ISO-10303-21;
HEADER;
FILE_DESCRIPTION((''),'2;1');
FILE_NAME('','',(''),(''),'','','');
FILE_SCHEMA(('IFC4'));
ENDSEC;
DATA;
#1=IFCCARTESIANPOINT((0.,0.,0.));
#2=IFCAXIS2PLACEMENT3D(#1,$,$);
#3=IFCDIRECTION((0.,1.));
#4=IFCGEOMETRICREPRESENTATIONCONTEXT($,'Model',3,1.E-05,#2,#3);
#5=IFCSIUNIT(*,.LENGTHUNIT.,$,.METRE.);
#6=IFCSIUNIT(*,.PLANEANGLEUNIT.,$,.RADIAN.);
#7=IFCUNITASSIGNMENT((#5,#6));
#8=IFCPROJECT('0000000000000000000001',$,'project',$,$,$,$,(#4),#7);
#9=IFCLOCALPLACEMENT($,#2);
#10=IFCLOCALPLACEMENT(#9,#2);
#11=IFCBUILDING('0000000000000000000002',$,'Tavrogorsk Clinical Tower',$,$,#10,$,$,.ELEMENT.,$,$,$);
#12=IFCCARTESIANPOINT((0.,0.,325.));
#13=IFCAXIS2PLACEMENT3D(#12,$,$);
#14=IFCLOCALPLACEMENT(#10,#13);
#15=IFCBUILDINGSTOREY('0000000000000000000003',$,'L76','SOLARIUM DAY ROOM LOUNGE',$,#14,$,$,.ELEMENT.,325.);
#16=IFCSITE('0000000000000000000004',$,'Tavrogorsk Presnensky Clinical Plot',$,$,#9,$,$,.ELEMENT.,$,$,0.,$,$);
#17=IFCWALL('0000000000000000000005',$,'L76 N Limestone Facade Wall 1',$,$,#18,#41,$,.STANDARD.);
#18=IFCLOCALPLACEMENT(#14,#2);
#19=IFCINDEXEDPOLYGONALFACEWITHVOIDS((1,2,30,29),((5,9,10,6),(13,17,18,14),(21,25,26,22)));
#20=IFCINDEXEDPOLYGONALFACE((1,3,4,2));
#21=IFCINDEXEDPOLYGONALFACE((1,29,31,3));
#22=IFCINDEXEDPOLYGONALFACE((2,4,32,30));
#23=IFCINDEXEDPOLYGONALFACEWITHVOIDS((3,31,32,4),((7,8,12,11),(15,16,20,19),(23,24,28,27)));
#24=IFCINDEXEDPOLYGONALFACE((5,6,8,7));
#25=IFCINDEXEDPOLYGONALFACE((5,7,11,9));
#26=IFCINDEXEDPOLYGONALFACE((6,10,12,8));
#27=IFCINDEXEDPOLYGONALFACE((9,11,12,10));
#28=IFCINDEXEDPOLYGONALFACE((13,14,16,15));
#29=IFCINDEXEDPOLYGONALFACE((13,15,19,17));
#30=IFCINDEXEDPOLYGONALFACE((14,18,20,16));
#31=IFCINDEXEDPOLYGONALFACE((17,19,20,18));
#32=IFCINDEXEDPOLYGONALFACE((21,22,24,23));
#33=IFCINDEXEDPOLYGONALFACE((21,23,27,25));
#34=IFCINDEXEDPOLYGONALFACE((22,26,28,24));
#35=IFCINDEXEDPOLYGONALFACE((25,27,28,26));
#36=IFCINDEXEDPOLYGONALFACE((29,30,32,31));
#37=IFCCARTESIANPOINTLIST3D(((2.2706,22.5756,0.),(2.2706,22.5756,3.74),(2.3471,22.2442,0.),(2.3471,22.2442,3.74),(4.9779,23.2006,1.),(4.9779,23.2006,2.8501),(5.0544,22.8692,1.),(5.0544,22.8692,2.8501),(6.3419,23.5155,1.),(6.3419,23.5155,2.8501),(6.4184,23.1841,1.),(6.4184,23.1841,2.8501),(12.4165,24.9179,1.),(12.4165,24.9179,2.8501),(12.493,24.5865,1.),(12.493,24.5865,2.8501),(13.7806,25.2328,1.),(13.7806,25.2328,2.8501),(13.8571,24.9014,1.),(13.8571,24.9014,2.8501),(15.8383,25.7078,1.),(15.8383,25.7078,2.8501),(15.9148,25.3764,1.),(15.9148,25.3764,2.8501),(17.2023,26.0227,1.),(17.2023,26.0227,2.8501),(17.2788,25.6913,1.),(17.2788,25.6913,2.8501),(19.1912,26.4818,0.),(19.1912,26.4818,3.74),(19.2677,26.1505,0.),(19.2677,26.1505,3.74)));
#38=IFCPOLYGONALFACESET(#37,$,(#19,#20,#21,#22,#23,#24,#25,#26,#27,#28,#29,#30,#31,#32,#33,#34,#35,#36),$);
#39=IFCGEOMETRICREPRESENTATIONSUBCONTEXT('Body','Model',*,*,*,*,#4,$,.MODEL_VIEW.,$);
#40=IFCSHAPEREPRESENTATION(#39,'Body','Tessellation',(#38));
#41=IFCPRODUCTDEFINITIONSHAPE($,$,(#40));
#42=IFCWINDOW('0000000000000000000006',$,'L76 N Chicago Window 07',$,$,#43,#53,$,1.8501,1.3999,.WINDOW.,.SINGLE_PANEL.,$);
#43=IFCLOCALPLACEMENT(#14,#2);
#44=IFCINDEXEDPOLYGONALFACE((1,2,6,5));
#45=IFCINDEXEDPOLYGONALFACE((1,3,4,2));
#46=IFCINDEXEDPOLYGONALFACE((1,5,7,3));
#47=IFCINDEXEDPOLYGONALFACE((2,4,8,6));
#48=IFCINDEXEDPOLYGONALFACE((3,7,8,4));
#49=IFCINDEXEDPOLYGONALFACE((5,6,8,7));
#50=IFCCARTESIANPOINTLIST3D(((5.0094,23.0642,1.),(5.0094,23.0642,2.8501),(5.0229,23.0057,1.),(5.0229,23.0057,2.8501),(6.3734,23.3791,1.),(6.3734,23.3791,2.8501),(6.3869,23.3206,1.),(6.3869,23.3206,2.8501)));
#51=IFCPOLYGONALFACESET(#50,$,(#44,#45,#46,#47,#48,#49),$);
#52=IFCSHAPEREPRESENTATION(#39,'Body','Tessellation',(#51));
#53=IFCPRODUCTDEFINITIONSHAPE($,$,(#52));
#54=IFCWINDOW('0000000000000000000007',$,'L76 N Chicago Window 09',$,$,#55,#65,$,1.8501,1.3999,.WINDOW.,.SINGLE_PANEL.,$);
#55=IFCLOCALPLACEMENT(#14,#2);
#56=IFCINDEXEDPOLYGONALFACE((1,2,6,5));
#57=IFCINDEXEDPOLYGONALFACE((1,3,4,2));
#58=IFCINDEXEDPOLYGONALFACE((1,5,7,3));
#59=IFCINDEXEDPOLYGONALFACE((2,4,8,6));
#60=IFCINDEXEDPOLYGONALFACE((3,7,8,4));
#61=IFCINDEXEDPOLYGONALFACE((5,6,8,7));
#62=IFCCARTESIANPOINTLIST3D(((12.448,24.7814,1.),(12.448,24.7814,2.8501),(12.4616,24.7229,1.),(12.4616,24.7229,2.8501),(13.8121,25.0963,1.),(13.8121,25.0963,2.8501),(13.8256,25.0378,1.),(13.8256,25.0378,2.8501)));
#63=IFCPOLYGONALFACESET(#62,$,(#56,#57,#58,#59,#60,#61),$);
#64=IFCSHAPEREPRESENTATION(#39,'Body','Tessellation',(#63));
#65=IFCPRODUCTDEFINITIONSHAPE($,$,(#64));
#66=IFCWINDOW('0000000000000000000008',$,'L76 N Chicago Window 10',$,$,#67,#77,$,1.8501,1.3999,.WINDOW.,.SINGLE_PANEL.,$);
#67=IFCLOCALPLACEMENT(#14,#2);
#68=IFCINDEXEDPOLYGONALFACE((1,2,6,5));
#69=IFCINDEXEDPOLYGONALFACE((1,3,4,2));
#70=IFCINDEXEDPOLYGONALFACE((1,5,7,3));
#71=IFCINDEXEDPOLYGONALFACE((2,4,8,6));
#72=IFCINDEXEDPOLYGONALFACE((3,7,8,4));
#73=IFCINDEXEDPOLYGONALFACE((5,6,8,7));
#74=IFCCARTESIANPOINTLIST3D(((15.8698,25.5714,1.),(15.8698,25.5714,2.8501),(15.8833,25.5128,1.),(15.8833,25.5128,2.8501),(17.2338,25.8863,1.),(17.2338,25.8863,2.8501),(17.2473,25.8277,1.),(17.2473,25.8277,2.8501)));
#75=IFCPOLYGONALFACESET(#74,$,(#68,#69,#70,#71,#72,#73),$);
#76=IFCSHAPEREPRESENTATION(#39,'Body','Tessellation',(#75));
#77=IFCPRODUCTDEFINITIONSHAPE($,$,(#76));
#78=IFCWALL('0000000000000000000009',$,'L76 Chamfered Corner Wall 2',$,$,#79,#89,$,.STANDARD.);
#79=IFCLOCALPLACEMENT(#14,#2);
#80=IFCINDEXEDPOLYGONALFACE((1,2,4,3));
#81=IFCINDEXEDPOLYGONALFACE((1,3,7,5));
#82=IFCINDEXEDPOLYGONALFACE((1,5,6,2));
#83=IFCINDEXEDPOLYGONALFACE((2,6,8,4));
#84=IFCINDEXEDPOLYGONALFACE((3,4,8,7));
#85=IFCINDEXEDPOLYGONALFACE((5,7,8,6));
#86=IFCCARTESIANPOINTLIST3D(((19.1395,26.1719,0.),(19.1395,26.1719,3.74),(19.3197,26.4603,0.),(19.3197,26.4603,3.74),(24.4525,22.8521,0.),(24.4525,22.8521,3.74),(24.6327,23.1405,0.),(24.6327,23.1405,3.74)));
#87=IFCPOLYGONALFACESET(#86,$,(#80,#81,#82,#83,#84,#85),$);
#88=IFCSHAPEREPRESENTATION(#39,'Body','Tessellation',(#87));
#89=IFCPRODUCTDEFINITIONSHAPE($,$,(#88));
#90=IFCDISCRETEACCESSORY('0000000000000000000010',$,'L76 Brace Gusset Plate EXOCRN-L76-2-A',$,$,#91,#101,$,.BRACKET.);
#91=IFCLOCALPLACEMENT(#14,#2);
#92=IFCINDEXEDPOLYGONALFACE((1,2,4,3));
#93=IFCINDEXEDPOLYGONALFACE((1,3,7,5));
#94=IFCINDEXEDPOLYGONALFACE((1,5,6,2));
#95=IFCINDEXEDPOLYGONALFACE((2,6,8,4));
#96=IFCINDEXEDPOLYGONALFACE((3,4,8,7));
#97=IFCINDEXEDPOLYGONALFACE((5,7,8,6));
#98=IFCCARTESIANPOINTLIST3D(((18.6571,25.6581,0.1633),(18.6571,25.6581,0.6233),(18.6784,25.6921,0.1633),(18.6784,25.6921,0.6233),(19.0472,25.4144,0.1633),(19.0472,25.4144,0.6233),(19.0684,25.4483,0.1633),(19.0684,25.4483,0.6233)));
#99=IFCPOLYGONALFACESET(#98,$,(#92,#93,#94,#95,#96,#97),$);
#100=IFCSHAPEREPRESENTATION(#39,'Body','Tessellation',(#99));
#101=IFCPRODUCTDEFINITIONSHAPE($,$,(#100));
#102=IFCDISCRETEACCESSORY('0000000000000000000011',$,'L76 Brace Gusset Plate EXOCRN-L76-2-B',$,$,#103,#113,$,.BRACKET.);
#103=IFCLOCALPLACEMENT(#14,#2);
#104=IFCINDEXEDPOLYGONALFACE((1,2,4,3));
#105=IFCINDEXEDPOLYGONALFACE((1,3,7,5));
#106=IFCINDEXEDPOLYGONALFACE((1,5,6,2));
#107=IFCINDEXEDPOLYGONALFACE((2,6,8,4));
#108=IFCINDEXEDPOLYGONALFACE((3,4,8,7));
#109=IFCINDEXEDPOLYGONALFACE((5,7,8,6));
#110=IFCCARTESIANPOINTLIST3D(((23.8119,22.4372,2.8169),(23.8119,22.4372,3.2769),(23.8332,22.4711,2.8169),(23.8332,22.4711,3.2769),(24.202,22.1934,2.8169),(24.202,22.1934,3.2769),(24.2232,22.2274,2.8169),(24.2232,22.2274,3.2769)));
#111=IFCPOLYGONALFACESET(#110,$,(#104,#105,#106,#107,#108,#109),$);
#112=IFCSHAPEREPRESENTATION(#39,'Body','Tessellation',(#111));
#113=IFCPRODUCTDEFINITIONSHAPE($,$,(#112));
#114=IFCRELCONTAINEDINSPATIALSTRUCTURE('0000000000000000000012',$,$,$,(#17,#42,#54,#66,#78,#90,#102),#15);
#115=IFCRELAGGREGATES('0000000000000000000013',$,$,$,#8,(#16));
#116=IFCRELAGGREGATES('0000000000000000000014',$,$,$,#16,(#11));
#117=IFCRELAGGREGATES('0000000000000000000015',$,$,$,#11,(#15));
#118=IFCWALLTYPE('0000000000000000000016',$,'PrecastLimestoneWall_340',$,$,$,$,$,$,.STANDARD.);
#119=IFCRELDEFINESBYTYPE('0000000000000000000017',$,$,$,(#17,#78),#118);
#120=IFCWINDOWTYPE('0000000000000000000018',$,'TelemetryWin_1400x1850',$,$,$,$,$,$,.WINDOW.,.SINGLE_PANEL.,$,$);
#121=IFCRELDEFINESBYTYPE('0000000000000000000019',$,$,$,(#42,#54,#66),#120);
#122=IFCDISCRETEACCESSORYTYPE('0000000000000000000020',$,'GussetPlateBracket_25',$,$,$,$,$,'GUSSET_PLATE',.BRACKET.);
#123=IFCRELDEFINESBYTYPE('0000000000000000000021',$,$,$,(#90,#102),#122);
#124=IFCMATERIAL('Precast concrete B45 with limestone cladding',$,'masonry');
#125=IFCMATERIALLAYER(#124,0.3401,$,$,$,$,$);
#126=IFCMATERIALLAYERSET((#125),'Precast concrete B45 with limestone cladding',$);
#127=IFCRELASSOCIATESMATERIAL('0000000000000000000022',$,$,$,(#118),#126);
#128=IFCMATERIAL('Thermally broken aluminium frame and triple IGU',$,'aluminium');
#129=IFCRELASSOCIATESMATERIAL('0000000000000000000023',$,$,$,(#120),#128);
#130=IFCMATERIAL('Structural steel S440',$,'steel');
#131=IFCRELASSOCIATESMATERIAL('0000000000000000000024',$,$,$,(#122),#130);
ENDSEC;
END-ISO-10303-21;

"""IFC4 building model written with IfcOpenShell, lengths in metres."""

from ifc_helpers import new_model, si_unit, direction, frame, frame_2d, origin, origin_2d, place, context, subcontext, project, spatial, rectangle, extrude, material, layer, layer_set, type_object, element, fill, save


model = new_model("IFC4")

# Units and contexts
model_context = context("Model", 3, precision=1e-05, world=origin(), true_north=direction((0.0, 1.0)))
body_context = subcontext(model_context, "Body", "Model", "MODEL_VIEW")
ifc_project = project(units=[si_unit("LENGTHUNIT", "METRE"), si_unit("PLANEANGLEUNIT", "RADIAN")], contexts=[model_context])

# Site, building, storey
site_placement = place(None, origin())
site = spatial("IfcSite", under=ifc_project, at=site_placement, Name="Tavrogorsk Presnensky Clinical Plot", CompositionType="ELEMENT", RefElevation=0.0)
building_placement = place(site_placement, origin())
building = spatial("IfcBuilding", under=site, at=building_placement, Name="Tavrogorsk Clinical Tower", CompositionType="ELEMENT")
storey_placement = place(building_placement, frame((0.0, 0.0, 325.0)))
storey = spatial("IfcBuildingStorey", under=building, at=storey_placement, Name="L76", Description="SOLARIUM DAY ROOM LOUNGE", CompositionType="ELEMENT", Elevation=325.0)

# Wall, openings, windows
ifc_material_1 = material(Name="Precast concrete B45 with limestone cladding", Category="masonry")
ifc_layer_1 = layer(ifc_material_1, 0.3401)
ifc_layer_set_1 = layer_set([ifc_layer_1], Name="Precast concrete B45 with limestone cladding")
wall_type_1 = type_object("IfcWallType", Name="PrecastLimestoneWall_340", PredefinedType="STANDARD", material=ifc_layer_set_1)
wall_1_placement = place(storey_placement, frame((19.2295, 26.3162, 0.0), z_axis=(0.0, 0.0, 1.0), x_axis=(-0.974372, -0.224941, 0.0)))
wall_1 = element("IfcWall", 1, at=wall_1_placement, inside=storey, type_object=wall_type_1, Name="L76 N Limestone Facade Wall 1", PredefinedType="STANDARD", context=body_context, shape_type="SweptSolid", body=[
    extrude(rectangle(XDim=17.3657, YDim=0.3401, at=frame_2d((8.6829, 0.0))), origin(), (0.0, 0.0, 1.0), 3.74),
])
opening_1_placement = place(wall_1_placement, frame((13.1873, 0.0, 1.0)))
opening_1 = element("IfcOpeningElement", 2, at=opening_1_placement, cuts=wall_1, PredefinedType="OPENING", context=body_context, shape_type="SweptSolid", body=[
    extrude(rectangle(XDim=1.3999, YDim=1.8501, at=frame_2d((0.7, 0.925))), frame((0.0, 0.1799, 0.0), z_axis=(0.0, -1.0, 0.0), x_axis=(1.0, 0.0, 0.0)), (0.0, 0.0, 1.0), 0.3601),
])
opening_2_placement = place(wall_1_placement, frame((5.553, 0.0, 1.0)))
opening_2 = element("IfcOpeningElement", 3, at=opening_2_placement, cuts=wall_1, PredefinedType="OPENING", context=body_context, shape_type="SweptSolid", body=[
    extrude(rectangle(XDim=1.3999, YDim=1.8501, at=frame_2d((0.7, 0.925))), frame((0.0, 0.1799, 0.0), z_axis=(0.0, -1.0, 0.0), x_axis=(1.0, 0.0, 0.0)), (0.0, 0.0, 1.0), 0.3601),
])
opening_3_placement = place(wall_1_placement, frame((2.0413, 0.0, 1.0)))
opening_3 = element("IfcOpeningElement", 4, at=opening_3_placement, cuts=wall_1, PredefinedType="OPENING", context=body_context, shape_type="SweptSolid", body=[
    extrude(rectangle(XDim=1.3999, YDim=1.8501, at=frame_2d((0.7, 0.925))), frame((0.0, 0.1799, 0.0), z_axis=(0.0, -1.0, 0.0), x_axis=(1.0, 0.0, 0.0)), (0.0, 0.0, 1.0), 0.3601),
])
ifc_material_2 = material(Name="Thermally broken aluminium frame and triple IGU", Category="aluminium")
window_type = type_object("IfcWindowType", Name="TelemetryWin_1400x1850", PartitioningType="SINGLE_PANEL", PredefinedType="WINDOW", material=ifc_material_2)
window_1_placement = place(opening_1_placement, origin())
window_1 = element("IfcWindow", 5, at=window_1_placement, inside=storey, type_object=window_type, Name="L76 N Chicago Window 07", OverallHeight=1.8501, OverallWidth=1.3999, PartitioningType="SINGLE_PANEL", PredefinedType="WINDOW", context=body_context, shape_type="SweptSolid", body=[
    extrude(rectangle(XDim=1.3999, YDim=1.8501, at=frame_2d((0.7, 0.925))), frame((0.0, 0.03, 0.0), z_axis=(0.0, -1.0, 0.0), x_axis=(1.0, 0.0, 0.0)), (0.0, 0.0, 1.0), 0.0601),
])
fill(opening_1, window_1)
window_2_placement = place(opening_2_placement, origin())
window_2 = element("IfcWindow", 6, at=window_2_placement, inside=storey, type_object=window_type, Name="L76 N Chicago Window 09", OverallHeight=1.8501, OverallWidth=1.3999, PartitioningType="SINGLE_PANEL", PredefinedType="WINDOW", context=body_context, shape_type="SweptSolid", body=[
    extrude(rectangle(XDim=1.3999, YDim=1.8501, at=frame_2d((0.7, 0.925))), frame((0.0, 0.03, 0.0), z_axis=(0.0, -1.0, 0.0), x_axis=(1.0, 0.0, 0.0)), (0.0, 0.0, 1.0), 0.0601),
])
fill(opening_2, window_2)
window_3_placement = place(opening_3_placement, origin())
window_3 = element("IfcWindow", 7, at=window_3_placement, inside=storey, type_object=window_type, Name="L76 N Chicago Window 10", OverallHeight=1.8501, OverallWidth=1.3999, PartitioningType="SINGLE_PANEL", PredefinedType="WINDOW", context=body_context, shape_type="SweptSolid", body=[
    extrude(rectangle(XDim=1.3999, YDim=1.8501, at=frame_2d((0.7, 0.925))), frame((0.0, 0.03, 0.0), z_axis=(0.0, -1.0, 0.0), x_axis=(1.0, 0.0, 0.0)), (0.0, 0.0, 1.0), 0.0601),
])
fill(opening_3, window_3)

# Wall
wall_2_placement = place(storey_placement, frame((24.5425, 22.9963, 0.0), z_axis=(0.0, 0.0, 1.0), x_axis=(-0.848055, 0.529908, 0.0)))
element("IfcWall", 8, at=wall_2_placement, inside=storey, type_object=wall_type_1, Name="L76 Chamfered Corner Wall 2", PredefinedType="STANDARD", context=body_context, shape_type="SweptSolid", body=[
    extrude(rectangle(XDim=6.2649, YDim=0.3401, at=frame_2d((3.1323, 0.0))), origin(), (0.0, 0.0, 1.0), 3.74),
])

# Discrete accessories
ifc_material_3 = material(Name="Structural steel S440", Category="steel")
discrete_accessory_type = type_object("IfcDiscreteAccessoryType", Name="GussetPlateBracket_25", ElementType="GUSSET_PLATE", PredefinedType="BRACKET", material=ifc_material_3)
for number, where, z_axis, x_axis, name in (
    (9, (18.8628, 25.5532, 0.1633), (0.0, 0.0, 1.0), (0.848048, -0.529919, 0.0), "L76 Brace Gusset Plate EXOCRN-L76-2-A"),
    (10, (24.0176, 22.3323, 2.8169), (0.0, 0.0, 1.0), (0.848048, -0.529919, 0.0), "L76 Brace Gusset Plate EXOCRN-L76-2-B"),
):
    element("IfcDiscreteAccessory", number, at=place(storey_placement, frame(where, z_axis=z_axis, x_axis=x_axis)), inside=storey, type_object=discrete_accessory_type, Name=name, PredefinedType="BRACKET", context=body_context, shape_type="SweptSolid", body=[
        extrude(rectangle(XDim=0.46, YDim=0.04, at=origin_2d()), origin(), (0.0, 0.0, 1.0), 0.46),
    ])

save(model, "model.ifc")
